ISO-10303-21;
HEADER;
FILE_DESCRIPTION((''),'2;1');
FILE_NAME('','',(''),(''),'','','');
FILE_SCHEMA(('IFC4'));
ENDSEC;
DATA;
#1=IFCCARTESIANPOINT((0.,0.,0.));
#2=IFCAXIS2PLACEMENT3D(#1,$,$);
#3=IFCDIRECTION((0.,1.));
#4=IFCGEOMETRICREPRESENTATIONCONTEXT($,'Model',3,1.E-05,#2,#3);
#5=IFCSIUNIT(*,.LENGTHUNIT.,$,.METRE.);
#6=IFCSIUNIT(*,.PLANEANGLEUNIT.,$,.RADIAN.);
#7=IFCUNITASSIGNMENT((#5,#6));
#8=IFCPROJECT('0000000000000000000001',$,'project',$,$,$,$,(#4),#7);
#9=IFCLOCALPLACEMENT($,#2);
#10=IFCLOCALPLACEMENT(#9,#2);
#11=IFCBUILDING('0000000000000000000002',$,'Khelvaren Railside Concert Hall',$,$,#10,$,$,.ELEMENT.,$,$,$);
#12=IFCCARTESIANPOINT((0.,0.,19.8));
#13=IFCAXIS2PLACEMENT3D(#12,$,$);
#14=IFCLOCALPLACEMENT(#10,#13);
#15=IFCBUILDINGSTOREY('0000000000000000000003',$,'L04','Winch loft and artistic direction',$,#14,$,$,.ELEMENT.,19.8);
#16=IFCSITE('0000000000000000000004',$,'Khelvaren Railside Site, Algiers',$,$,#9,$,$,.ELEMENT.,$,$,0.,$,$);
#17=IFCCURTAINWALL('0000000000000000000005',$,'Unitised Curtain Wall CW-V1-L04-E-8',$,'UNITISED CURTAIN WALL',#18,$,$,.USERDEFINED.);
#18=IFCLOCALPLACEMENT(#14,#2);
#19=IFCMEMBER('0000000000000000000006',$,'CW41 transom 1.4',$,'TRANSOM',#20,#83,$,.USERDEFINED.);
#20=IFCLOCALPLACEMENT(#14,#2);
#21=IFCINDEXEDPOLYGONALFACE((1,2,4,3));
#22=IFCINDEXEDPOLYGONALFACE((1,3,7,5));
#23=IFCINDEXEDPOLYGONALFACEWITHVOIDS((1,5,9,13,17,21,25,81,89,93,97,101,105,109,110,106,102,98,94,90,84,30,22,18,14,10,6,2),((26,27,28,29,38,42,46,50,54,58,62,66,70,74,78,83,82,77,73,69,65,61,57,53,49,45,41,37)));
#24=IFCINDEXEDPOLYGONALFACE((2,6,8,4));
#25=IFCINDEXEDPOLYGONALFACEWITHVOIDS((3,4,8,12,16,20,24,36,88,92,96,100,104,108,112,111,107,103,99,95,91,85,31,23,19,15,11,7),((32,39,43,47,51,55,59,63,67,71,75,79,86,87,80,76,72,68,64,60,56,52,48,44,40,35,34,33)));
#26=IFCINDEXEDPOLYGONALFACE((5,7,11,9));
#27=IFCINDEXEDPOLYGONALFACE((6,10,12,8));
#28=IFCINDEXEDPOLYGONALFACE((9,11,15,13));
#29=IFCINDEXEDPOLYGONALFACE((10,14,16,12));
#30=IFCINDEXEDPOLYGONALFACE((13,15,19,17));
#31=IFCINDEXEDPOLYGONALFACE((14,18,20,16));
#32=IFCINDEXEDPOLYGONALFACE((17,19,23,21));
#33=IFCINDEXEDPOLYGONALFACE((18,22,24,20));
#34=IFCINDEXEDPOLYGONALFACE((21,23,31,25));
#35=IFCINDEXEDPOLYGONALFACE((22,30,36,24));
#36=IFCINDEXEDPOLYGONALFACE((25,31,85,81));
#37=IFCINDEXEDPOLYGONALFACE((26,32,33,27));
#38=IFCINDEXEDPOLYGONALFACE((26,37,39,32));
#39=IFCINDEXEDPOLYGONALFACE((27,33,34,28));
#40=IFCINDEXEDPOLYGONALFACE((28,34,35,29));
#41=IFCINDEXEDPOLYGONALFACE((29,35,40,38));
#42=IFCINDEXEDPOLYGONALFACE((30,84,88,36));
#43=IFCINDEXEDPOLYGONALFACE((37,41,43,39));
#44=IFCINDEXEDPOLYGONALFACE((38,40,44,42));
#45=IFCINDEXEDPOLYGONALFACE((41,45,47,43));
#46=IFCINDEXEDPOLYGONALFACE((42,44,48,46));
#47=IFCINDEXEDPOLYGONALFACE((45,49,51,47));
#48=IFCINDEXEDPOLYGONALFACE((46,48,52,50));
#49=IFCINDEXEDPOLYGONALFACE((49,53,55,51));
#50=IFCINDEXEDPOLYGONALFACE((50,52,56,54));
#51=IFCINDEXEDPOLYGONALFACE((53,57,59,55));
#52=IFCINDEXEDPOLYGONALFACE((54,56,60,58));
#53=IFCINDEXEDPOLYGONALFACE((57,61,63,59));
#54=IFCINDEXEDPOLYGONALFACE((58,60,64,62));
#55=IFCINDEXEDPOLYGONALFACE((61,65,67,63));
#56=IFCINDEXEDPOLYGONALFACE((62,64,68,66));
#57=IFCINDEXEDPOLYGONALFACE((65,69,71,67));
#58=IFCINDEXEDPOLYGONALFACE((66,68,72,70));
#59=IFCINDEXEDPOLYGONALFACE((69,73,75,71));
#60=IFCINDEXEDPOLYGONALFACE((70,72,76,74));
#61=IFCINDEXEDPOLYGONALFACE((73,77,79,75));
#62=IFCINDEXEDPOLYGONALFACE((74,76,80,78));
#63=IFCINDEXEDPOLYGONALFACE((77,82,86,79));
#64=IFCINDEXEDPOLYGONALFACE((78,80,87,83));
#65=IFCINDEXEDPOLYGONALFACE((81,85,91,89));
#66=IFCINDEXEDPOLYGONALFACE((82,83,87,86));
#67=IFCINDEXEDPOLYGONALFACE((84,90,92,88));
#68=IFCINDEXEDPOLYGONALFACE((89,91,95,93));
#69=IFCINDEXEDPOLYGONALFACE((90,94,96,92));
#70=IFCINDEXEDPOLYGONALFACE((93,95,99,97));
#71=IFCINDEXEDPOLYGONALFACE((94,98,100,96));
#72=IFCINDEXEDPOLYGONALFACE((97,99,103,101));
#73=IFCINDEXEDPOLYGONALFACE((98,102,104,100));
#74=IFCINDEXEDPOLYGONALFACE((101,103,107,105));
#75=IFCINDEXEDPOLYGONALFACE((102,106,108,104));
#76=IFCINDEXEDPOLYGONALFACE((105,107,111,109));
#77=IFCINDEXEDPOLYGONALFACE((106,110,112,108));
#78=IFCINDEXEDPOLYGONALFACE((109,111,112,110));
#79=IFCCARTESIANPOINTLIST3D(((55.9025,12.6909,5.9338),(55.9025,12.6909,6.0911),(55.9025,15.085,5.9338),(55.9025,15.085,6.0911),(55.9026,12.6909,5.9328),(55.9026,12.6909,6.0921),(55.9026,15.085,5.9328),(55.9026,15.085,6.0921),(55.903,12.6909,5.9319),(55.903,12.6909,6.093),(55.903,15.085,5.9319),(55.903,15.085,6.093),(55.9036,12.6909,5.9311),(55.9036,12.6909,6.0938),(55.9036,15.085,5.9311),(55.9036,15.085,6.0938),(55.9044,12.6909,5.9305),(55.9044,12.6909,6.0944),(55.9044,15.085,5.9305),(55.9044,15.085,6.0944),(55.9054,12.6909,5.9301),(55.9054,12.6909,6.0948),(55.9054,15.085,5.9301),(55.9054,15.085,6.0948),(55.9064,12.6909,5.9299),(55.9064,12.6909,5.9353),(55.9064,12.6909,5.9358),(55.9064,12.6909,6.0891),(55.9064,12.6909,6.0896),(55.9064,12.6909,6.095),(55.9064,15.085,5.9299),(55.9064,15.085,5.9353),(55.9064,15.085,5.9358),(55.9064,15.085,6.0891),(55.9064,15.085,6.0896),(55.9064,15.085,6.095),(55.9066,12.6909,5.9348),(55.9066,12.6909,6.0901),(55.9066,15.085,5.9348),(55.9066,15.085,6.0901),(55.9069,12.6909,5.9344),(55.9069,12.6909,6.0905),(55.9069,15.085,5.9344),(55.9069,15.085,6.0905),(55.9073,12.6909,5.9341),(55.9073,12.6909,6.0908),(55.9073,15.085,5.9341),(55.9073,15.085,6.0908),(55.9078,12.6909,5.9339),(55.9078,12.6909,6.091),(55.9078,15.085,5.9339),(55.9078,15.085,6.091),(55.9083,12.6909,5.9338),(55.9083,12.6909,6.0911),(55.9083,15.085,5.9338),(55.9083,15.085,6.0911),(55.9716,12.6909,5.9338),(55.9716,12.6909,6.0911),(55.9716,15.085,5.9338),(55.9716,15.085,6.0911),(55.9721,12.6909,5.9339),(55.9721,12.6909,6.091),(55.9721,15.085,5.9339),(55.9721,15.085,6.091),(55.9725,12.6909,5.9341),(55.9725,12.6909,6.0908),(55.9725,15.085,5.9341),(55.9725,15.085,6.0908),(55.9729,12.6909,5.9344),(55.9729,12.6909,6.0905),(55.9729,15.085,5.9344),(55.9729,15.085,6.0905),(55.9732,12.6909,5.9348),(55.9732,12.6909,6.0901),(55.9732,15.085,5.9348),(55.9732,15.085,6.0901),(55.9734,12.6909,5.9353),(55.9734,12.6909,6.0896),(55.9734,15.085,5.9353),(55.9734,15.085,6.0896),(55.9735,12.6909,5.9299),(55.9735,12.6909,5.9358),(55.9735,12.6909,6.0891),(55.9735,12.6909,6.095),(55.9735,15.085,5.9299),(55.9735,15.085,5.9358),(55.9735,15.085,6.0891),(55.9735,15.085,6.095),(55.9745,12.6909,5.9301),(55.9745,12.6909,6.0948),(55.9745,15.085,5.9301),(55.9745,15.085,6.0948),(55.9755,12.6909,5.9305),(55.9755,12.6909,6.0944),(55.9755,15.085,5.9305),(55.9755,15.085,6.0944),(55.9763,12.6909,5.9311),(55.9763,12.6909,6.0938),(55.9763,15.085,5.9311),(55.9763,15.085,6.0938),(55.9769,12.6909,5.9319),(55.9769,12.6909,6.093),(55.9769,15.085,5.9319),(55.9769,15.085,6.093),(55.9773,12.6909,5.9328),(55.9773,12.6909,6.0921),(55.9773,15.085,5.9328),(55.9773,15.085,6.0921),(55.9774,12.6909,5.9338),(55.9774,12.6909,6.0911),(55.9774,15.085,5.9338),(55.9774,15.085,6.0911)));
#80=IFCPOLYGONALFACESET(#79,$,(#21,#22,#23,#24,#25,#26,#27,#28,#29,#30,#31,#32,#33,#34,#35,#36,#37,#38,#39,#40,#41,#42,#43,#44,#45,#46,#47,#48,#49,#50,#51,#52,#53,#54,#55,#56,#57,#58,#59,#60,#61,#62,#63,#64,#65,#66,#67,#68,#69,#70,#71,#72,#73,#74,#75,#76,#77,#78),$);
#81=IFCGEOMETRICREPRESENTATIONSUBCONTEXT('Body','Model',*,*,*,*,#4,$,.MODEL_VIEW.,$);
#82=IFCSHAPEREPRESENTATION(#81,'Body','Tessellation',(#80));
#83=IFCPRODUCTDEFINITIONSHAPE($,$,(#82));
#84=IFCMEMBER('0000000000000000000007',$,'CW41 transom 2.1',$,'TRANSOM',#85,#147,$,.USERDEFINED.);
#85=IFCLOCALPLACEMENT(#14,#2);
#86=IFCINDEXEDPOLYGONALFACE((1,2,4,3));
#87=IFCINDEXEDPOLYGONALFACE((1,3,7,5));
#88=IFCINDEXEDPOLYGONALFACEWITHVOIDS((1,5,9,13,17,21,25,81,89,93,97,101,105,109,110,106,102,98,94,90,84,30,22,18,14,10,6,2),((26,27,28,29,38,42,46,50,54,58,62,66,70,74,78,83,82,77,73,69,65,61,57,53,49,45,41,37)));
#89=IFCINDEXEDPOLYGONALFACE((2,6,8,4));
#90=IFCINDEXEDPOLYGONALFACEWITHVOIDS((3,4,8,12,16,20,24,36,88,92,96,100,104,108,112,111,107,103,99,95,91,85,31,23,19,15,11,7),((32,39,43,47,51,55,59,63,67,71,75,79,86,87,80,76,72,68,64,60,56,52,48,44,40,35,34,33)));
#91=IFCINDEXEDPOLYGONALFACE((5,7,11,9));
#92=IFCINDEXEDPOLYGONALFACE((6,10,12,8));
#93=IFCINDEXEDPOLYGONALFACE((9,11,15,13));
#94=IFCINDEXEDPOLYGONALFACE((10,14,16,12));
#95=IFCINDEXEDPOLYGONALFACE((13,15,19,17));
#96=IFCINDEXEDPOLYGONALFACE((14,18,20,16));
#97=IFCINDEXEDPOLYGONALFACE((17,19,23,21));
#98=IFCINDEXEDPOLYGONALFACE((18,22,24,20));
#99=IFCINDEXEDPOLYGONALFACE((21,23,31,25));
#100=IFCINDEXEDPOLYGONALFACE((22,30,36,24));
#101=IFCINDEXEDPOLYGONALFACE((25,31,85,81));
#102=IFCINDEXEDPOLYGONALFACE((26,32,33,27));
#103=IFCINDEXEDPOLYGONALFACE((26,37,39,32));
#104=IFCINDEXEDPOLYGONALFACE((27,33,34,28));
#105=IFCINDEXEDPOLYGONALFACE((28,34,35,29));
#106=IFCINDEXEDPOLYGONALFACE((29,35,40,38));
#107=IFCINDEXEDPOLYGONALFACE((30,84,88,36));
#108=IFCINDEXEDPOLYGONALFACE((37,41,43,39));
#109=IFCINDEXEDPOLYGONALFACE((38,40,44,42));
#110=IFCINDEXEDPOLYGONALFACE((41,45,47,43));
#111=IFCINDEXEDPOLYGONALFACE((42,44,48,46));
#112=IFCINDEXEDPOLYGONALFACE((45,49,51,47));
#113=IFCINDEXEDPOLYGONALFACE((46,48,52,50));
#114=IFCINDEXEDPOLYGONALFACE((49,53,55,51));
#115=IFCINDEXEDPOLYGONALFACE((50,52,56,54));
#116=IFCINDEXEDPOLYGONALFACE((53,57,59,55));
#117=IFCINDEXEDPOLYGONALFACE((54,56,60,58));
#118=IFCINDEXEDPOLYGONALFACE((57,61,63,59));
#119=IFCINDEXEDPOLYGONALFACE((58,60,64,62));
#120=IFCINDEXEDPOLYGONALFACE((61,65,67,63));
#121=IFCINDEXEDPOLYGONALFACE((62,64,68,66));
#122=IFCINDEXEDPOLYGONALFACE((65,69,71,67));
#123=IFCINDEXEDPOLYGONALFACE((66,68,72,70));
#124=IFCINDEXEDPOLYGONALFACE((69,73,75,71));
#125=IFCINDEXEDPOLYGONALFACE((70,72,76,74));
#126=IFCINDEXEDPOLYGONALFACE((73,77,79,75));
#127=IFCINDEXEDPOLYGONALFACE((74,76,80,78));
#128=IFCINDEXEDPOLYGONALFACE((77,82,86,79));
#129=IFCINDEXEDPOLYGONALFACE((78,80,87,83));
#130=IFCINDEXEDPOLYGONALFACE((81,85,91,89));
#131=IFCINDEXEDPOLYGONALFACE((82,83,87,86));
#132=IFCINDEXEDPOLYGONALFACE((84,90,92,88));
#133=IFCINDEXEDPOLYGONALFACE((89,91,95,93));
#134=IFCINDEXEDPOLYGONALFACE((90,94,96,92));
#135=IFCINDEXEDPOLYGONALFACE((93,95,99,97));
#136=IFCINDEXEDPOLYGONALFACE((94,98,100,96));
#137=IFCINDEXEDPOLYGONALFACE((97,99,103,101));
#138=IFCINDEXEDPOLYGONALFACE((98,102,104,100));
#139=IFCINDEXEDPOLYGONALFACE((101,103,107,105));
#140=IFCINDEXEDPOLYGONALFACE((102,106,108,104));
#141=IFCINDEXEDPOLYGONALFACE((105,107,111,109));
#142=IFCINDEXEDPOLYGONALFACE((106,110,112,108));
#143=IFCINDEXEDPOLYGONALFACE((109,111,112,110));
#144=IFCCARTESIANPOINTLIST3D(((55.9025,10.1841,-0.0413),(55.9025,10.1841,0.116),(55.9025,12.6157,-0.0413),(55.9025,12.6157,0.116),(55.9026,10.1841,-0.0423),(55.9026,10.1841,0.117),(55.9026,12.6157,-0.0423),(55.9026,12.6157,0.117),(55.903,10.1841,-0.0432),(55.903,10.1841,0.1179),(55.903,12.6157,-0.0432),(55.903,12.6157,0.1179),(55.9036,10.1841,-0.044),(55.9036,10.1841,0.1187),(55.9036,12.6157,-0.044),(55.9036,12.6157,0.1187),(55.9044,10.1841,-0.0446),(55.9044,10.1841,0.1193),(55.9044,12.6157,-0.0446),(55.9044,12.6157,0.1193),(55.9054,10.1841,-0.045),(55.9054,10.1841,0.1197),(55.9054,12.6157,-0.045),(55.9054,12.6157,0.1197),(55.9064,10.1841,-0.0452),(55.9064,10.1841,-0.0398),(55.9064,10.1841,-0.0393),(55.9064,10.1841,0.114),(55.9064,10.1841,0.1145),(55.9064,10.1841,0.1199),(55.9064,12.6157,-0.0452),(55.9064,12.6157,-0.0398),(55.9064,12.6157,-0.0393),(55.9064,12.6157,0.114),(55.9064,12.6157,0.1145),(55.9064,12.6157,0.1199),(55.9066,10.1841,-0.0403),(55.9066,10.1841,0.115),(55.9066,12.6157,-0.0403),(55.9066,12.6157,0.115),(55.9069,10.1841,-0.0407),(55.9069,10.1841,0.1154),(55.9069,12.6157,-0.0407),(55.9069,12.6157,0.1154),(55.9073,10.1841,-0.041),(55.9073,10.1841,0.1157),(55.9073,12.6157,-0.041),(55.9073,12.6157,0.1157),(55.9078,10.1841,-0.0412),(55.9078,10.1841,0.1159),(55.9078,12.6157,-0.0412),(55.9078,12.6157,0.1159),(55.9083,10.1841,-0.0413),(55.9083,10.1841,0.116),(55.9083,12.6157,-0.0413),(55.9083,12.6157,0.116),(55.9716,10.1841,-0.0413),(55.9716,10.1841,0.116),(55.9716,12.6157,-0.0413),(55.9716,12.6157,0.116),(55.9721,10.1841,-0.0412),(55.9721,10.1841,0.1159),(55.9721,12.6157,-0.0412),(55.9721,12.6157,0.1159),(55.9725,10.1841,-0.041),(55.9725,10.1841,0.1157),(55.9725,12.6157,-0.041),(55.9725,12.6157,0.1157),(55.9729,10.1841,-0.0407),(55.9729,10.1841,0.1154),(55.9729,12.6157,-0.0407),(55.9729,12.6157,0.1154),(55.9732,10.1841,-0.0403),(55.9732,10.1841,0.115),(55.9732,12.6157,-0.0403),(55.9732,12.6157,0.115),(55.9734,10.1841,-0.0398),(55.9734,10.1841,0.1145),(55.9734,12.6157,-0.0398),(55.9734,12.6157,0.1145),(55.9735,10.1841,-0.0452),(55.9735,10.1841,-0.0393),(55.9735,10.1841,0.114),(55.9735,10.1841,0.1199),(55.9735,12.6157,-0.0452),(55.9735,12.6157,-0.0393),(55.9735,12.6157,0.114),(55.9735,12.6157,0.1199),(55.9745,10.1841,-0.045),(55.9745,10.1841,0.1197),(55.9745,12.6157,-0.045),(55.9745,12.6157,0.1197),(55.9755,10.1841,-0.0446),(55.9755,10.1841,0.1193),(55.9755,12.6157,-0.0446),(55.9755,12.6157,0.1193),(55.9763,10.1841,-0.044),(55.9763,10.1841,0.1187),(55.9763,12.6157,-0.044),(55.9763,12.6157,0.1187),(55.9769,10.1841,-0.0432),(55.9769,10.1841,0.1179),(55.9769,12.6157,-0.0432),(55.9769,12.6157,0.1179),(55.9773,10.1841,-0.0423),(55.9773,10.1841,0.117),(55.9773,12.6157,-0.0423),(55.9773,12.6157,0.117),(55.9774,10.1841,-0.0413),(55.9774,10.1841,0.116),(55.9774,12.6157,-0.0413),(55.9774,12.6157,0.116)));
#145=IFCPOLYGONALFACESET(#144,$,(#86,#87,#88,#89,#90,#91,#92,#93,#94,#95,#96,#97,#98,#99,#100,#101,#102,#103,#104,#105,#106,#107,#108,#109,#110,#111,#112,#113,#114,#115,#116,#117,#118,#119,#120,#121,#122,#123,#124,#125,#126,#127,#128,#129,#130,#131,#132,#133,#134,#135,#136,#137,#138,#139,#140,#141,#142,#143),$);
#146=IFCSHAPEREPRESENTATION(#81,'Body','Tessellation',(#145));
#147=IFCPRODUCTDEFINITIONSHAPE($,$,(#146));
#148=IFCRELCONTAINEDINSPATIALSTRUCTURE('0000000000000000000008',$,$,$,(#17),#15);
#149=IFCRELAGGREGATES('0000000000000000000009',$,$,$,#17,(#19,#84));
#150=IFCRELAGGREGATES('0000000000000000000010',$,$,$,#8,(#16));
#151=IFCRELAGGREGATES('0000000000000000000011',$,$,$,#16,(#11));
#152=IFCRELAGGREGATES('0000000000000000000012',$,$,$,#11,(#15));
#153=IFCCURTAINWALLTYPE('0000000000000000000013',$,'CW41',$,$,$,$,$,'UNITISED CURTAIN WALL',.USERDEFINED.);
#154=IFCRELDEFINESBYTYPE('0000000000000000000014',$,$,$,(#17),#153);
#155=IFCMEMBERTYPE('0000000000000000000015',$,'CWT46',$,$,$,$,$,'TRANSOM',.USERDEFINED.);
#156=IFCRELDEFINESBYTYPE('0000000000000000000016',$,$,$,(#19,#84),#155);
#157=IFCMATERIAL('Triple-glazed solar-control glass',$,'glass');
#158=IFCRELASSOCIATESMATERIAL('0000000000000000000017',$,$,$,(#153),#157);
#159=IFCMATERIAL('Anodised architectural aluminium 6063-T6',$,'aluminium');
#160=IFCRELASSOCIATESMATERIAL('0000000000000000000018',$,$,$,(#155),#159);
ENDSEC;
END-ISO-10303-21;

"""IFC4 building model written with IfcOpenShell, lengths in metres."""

from ifc_helpers import new_model, si_unit, direction, frame, origin, origin_2d, place, context, subcontext, project, spatial, hollow_rectangle, extrude, material, material_profile, profile_set, type_object, element, aggregate, save


model = new_model("IFC4")

# Units and contexts
model_context = context("Model", 3, precision=1e-05, world=origin(), true_north=direction((0.0, 1.0)))
body_context = subcontext(model_context, "Body", "Model", "MODEL_VIEW")
ifc_project = project(units=[si_unit("LENGTHUNIT", "METRE"), si_unit("PLANEANGLEUNIT", "RADIAN")], contexts=[model_context])

# Site, building, storey
site_placement = place(None, origin())
site = spatial("IfcSite", under=ifc_project, at=site_placement, Name="Khelvaren Railside Site, Algiers", CompositionType="ELEMENT", RefElevation=0.0)
building_placement = place(site_placement, origin())
building = spatial("IfcBuilding", under=site, at=building_placement, Name="Khelvaren Railside Concert Hall", CompositionType="ELEMENT")
storey_placement = place(building_placement, frame((0.0, 0.0, 19.8)))
storey = spatial("IfcBuildingStorey", under=building, at=storey_placement, Name="L04", Description="Winch loft and artistic direction", CompositionType="ELEMENT", Elevation=19.8)

# Curtain wall
ifc_material_1 = material(Name="Triple-glazed solar-control glass", Category="glass")
curtain_wall_type_1 = type_object("IfcCurtainWallType", Name="CW41", ElementType="UNITISED CURTAIN WALL", PredefinedType="USERDEFINED", material=ifc_material_1)
curtain_wall_1_placement = place(storey_placement, origin())
curtain_wall_1 = element("IfcCurtainWall", 1, at=curtain_wall_1_placement, inside=storey, type_object=curtain_wall_type_1, Name="Unitised Curtain Wall CW-V1-L04-E-8", ObjectType="UNITISED CURTAIN WALL", PredefinedType="USERDEFINED")
ifc_material_2 = material(Name="Anodised architectural aluminium 6063-T6", Category="aluminium")

# Members
ifc_material_profile_1 = material_profile(ifc_material_2, hollow_rectangle(XDim=0.075, YDim=0.165, WallThickness=0.0039, InnerFilletRadius=0.002, OuterFilletRadius=0.0039, at=origin_2d()), Name="CWT 75x165x4")
ifc_profile_set_1 = profile_set([ifc_material_profile_1], Name="Anodised architectural aluminium 6063-T6")
member_type_1 = type_object("IfcMemberType", Name="CWT46", ElementType="TRANSOM", PredefinedType="USERDEFINED", material=ifc_profile_set_1)
member_1_placement = place(storey_placement, frame((55.9399, 15.085, 6.0125), z_axis=(0.0, -1.0, 0.0), x_axis=(1.0, 0.0, 0.0)))
member_1 = element("IfcMember", 2, at=member_1_placement, type_object=member_type_1, Name="CW41 transom 1.4", ObjectType="TRANSOM", PredefinedType="USERDEFINED", context=body_context, shape_type="SweptSolid", body=[
    extrude(hollow_rectangle(XDim=0.075, YDim=0.165, WallThickness=0.0039, InnerFilletRadius=0.002, OuterFilletRadius=0.0039, at=origin_2d()), origin(), (0.0, 0.0, 1.0), 2.394),
])
member_2_placement = place(storey_placement, frame((55.9399, 12.6157, 0.0374), z_axis=(0.0, -1.0, 0.0), x_axis=(1.0, 0.0, 0.0)))
member_2 = element("IfcMember", 3, at=member_2_placement, type_object=member_type_1, Name="CW41 transom 2.1", ObjectType="TRANSOM", PredefinedType="USERDEFINED", context=body_context, shape_type="SweptSolid", body=[
    extrude(hollow_rectangle(XDim=0.075, YDim=0.165, WallThickness=0.0039, InnerFilletRadius=0.002, OuterFilletRadius=0.0039, at=origin_2d()), origin(), (0.0, 0.0, 1.0), 2.4316),
])

aggregate(curtain_wall_1, [member_1, member_2])

save(model, "model.ifc")
